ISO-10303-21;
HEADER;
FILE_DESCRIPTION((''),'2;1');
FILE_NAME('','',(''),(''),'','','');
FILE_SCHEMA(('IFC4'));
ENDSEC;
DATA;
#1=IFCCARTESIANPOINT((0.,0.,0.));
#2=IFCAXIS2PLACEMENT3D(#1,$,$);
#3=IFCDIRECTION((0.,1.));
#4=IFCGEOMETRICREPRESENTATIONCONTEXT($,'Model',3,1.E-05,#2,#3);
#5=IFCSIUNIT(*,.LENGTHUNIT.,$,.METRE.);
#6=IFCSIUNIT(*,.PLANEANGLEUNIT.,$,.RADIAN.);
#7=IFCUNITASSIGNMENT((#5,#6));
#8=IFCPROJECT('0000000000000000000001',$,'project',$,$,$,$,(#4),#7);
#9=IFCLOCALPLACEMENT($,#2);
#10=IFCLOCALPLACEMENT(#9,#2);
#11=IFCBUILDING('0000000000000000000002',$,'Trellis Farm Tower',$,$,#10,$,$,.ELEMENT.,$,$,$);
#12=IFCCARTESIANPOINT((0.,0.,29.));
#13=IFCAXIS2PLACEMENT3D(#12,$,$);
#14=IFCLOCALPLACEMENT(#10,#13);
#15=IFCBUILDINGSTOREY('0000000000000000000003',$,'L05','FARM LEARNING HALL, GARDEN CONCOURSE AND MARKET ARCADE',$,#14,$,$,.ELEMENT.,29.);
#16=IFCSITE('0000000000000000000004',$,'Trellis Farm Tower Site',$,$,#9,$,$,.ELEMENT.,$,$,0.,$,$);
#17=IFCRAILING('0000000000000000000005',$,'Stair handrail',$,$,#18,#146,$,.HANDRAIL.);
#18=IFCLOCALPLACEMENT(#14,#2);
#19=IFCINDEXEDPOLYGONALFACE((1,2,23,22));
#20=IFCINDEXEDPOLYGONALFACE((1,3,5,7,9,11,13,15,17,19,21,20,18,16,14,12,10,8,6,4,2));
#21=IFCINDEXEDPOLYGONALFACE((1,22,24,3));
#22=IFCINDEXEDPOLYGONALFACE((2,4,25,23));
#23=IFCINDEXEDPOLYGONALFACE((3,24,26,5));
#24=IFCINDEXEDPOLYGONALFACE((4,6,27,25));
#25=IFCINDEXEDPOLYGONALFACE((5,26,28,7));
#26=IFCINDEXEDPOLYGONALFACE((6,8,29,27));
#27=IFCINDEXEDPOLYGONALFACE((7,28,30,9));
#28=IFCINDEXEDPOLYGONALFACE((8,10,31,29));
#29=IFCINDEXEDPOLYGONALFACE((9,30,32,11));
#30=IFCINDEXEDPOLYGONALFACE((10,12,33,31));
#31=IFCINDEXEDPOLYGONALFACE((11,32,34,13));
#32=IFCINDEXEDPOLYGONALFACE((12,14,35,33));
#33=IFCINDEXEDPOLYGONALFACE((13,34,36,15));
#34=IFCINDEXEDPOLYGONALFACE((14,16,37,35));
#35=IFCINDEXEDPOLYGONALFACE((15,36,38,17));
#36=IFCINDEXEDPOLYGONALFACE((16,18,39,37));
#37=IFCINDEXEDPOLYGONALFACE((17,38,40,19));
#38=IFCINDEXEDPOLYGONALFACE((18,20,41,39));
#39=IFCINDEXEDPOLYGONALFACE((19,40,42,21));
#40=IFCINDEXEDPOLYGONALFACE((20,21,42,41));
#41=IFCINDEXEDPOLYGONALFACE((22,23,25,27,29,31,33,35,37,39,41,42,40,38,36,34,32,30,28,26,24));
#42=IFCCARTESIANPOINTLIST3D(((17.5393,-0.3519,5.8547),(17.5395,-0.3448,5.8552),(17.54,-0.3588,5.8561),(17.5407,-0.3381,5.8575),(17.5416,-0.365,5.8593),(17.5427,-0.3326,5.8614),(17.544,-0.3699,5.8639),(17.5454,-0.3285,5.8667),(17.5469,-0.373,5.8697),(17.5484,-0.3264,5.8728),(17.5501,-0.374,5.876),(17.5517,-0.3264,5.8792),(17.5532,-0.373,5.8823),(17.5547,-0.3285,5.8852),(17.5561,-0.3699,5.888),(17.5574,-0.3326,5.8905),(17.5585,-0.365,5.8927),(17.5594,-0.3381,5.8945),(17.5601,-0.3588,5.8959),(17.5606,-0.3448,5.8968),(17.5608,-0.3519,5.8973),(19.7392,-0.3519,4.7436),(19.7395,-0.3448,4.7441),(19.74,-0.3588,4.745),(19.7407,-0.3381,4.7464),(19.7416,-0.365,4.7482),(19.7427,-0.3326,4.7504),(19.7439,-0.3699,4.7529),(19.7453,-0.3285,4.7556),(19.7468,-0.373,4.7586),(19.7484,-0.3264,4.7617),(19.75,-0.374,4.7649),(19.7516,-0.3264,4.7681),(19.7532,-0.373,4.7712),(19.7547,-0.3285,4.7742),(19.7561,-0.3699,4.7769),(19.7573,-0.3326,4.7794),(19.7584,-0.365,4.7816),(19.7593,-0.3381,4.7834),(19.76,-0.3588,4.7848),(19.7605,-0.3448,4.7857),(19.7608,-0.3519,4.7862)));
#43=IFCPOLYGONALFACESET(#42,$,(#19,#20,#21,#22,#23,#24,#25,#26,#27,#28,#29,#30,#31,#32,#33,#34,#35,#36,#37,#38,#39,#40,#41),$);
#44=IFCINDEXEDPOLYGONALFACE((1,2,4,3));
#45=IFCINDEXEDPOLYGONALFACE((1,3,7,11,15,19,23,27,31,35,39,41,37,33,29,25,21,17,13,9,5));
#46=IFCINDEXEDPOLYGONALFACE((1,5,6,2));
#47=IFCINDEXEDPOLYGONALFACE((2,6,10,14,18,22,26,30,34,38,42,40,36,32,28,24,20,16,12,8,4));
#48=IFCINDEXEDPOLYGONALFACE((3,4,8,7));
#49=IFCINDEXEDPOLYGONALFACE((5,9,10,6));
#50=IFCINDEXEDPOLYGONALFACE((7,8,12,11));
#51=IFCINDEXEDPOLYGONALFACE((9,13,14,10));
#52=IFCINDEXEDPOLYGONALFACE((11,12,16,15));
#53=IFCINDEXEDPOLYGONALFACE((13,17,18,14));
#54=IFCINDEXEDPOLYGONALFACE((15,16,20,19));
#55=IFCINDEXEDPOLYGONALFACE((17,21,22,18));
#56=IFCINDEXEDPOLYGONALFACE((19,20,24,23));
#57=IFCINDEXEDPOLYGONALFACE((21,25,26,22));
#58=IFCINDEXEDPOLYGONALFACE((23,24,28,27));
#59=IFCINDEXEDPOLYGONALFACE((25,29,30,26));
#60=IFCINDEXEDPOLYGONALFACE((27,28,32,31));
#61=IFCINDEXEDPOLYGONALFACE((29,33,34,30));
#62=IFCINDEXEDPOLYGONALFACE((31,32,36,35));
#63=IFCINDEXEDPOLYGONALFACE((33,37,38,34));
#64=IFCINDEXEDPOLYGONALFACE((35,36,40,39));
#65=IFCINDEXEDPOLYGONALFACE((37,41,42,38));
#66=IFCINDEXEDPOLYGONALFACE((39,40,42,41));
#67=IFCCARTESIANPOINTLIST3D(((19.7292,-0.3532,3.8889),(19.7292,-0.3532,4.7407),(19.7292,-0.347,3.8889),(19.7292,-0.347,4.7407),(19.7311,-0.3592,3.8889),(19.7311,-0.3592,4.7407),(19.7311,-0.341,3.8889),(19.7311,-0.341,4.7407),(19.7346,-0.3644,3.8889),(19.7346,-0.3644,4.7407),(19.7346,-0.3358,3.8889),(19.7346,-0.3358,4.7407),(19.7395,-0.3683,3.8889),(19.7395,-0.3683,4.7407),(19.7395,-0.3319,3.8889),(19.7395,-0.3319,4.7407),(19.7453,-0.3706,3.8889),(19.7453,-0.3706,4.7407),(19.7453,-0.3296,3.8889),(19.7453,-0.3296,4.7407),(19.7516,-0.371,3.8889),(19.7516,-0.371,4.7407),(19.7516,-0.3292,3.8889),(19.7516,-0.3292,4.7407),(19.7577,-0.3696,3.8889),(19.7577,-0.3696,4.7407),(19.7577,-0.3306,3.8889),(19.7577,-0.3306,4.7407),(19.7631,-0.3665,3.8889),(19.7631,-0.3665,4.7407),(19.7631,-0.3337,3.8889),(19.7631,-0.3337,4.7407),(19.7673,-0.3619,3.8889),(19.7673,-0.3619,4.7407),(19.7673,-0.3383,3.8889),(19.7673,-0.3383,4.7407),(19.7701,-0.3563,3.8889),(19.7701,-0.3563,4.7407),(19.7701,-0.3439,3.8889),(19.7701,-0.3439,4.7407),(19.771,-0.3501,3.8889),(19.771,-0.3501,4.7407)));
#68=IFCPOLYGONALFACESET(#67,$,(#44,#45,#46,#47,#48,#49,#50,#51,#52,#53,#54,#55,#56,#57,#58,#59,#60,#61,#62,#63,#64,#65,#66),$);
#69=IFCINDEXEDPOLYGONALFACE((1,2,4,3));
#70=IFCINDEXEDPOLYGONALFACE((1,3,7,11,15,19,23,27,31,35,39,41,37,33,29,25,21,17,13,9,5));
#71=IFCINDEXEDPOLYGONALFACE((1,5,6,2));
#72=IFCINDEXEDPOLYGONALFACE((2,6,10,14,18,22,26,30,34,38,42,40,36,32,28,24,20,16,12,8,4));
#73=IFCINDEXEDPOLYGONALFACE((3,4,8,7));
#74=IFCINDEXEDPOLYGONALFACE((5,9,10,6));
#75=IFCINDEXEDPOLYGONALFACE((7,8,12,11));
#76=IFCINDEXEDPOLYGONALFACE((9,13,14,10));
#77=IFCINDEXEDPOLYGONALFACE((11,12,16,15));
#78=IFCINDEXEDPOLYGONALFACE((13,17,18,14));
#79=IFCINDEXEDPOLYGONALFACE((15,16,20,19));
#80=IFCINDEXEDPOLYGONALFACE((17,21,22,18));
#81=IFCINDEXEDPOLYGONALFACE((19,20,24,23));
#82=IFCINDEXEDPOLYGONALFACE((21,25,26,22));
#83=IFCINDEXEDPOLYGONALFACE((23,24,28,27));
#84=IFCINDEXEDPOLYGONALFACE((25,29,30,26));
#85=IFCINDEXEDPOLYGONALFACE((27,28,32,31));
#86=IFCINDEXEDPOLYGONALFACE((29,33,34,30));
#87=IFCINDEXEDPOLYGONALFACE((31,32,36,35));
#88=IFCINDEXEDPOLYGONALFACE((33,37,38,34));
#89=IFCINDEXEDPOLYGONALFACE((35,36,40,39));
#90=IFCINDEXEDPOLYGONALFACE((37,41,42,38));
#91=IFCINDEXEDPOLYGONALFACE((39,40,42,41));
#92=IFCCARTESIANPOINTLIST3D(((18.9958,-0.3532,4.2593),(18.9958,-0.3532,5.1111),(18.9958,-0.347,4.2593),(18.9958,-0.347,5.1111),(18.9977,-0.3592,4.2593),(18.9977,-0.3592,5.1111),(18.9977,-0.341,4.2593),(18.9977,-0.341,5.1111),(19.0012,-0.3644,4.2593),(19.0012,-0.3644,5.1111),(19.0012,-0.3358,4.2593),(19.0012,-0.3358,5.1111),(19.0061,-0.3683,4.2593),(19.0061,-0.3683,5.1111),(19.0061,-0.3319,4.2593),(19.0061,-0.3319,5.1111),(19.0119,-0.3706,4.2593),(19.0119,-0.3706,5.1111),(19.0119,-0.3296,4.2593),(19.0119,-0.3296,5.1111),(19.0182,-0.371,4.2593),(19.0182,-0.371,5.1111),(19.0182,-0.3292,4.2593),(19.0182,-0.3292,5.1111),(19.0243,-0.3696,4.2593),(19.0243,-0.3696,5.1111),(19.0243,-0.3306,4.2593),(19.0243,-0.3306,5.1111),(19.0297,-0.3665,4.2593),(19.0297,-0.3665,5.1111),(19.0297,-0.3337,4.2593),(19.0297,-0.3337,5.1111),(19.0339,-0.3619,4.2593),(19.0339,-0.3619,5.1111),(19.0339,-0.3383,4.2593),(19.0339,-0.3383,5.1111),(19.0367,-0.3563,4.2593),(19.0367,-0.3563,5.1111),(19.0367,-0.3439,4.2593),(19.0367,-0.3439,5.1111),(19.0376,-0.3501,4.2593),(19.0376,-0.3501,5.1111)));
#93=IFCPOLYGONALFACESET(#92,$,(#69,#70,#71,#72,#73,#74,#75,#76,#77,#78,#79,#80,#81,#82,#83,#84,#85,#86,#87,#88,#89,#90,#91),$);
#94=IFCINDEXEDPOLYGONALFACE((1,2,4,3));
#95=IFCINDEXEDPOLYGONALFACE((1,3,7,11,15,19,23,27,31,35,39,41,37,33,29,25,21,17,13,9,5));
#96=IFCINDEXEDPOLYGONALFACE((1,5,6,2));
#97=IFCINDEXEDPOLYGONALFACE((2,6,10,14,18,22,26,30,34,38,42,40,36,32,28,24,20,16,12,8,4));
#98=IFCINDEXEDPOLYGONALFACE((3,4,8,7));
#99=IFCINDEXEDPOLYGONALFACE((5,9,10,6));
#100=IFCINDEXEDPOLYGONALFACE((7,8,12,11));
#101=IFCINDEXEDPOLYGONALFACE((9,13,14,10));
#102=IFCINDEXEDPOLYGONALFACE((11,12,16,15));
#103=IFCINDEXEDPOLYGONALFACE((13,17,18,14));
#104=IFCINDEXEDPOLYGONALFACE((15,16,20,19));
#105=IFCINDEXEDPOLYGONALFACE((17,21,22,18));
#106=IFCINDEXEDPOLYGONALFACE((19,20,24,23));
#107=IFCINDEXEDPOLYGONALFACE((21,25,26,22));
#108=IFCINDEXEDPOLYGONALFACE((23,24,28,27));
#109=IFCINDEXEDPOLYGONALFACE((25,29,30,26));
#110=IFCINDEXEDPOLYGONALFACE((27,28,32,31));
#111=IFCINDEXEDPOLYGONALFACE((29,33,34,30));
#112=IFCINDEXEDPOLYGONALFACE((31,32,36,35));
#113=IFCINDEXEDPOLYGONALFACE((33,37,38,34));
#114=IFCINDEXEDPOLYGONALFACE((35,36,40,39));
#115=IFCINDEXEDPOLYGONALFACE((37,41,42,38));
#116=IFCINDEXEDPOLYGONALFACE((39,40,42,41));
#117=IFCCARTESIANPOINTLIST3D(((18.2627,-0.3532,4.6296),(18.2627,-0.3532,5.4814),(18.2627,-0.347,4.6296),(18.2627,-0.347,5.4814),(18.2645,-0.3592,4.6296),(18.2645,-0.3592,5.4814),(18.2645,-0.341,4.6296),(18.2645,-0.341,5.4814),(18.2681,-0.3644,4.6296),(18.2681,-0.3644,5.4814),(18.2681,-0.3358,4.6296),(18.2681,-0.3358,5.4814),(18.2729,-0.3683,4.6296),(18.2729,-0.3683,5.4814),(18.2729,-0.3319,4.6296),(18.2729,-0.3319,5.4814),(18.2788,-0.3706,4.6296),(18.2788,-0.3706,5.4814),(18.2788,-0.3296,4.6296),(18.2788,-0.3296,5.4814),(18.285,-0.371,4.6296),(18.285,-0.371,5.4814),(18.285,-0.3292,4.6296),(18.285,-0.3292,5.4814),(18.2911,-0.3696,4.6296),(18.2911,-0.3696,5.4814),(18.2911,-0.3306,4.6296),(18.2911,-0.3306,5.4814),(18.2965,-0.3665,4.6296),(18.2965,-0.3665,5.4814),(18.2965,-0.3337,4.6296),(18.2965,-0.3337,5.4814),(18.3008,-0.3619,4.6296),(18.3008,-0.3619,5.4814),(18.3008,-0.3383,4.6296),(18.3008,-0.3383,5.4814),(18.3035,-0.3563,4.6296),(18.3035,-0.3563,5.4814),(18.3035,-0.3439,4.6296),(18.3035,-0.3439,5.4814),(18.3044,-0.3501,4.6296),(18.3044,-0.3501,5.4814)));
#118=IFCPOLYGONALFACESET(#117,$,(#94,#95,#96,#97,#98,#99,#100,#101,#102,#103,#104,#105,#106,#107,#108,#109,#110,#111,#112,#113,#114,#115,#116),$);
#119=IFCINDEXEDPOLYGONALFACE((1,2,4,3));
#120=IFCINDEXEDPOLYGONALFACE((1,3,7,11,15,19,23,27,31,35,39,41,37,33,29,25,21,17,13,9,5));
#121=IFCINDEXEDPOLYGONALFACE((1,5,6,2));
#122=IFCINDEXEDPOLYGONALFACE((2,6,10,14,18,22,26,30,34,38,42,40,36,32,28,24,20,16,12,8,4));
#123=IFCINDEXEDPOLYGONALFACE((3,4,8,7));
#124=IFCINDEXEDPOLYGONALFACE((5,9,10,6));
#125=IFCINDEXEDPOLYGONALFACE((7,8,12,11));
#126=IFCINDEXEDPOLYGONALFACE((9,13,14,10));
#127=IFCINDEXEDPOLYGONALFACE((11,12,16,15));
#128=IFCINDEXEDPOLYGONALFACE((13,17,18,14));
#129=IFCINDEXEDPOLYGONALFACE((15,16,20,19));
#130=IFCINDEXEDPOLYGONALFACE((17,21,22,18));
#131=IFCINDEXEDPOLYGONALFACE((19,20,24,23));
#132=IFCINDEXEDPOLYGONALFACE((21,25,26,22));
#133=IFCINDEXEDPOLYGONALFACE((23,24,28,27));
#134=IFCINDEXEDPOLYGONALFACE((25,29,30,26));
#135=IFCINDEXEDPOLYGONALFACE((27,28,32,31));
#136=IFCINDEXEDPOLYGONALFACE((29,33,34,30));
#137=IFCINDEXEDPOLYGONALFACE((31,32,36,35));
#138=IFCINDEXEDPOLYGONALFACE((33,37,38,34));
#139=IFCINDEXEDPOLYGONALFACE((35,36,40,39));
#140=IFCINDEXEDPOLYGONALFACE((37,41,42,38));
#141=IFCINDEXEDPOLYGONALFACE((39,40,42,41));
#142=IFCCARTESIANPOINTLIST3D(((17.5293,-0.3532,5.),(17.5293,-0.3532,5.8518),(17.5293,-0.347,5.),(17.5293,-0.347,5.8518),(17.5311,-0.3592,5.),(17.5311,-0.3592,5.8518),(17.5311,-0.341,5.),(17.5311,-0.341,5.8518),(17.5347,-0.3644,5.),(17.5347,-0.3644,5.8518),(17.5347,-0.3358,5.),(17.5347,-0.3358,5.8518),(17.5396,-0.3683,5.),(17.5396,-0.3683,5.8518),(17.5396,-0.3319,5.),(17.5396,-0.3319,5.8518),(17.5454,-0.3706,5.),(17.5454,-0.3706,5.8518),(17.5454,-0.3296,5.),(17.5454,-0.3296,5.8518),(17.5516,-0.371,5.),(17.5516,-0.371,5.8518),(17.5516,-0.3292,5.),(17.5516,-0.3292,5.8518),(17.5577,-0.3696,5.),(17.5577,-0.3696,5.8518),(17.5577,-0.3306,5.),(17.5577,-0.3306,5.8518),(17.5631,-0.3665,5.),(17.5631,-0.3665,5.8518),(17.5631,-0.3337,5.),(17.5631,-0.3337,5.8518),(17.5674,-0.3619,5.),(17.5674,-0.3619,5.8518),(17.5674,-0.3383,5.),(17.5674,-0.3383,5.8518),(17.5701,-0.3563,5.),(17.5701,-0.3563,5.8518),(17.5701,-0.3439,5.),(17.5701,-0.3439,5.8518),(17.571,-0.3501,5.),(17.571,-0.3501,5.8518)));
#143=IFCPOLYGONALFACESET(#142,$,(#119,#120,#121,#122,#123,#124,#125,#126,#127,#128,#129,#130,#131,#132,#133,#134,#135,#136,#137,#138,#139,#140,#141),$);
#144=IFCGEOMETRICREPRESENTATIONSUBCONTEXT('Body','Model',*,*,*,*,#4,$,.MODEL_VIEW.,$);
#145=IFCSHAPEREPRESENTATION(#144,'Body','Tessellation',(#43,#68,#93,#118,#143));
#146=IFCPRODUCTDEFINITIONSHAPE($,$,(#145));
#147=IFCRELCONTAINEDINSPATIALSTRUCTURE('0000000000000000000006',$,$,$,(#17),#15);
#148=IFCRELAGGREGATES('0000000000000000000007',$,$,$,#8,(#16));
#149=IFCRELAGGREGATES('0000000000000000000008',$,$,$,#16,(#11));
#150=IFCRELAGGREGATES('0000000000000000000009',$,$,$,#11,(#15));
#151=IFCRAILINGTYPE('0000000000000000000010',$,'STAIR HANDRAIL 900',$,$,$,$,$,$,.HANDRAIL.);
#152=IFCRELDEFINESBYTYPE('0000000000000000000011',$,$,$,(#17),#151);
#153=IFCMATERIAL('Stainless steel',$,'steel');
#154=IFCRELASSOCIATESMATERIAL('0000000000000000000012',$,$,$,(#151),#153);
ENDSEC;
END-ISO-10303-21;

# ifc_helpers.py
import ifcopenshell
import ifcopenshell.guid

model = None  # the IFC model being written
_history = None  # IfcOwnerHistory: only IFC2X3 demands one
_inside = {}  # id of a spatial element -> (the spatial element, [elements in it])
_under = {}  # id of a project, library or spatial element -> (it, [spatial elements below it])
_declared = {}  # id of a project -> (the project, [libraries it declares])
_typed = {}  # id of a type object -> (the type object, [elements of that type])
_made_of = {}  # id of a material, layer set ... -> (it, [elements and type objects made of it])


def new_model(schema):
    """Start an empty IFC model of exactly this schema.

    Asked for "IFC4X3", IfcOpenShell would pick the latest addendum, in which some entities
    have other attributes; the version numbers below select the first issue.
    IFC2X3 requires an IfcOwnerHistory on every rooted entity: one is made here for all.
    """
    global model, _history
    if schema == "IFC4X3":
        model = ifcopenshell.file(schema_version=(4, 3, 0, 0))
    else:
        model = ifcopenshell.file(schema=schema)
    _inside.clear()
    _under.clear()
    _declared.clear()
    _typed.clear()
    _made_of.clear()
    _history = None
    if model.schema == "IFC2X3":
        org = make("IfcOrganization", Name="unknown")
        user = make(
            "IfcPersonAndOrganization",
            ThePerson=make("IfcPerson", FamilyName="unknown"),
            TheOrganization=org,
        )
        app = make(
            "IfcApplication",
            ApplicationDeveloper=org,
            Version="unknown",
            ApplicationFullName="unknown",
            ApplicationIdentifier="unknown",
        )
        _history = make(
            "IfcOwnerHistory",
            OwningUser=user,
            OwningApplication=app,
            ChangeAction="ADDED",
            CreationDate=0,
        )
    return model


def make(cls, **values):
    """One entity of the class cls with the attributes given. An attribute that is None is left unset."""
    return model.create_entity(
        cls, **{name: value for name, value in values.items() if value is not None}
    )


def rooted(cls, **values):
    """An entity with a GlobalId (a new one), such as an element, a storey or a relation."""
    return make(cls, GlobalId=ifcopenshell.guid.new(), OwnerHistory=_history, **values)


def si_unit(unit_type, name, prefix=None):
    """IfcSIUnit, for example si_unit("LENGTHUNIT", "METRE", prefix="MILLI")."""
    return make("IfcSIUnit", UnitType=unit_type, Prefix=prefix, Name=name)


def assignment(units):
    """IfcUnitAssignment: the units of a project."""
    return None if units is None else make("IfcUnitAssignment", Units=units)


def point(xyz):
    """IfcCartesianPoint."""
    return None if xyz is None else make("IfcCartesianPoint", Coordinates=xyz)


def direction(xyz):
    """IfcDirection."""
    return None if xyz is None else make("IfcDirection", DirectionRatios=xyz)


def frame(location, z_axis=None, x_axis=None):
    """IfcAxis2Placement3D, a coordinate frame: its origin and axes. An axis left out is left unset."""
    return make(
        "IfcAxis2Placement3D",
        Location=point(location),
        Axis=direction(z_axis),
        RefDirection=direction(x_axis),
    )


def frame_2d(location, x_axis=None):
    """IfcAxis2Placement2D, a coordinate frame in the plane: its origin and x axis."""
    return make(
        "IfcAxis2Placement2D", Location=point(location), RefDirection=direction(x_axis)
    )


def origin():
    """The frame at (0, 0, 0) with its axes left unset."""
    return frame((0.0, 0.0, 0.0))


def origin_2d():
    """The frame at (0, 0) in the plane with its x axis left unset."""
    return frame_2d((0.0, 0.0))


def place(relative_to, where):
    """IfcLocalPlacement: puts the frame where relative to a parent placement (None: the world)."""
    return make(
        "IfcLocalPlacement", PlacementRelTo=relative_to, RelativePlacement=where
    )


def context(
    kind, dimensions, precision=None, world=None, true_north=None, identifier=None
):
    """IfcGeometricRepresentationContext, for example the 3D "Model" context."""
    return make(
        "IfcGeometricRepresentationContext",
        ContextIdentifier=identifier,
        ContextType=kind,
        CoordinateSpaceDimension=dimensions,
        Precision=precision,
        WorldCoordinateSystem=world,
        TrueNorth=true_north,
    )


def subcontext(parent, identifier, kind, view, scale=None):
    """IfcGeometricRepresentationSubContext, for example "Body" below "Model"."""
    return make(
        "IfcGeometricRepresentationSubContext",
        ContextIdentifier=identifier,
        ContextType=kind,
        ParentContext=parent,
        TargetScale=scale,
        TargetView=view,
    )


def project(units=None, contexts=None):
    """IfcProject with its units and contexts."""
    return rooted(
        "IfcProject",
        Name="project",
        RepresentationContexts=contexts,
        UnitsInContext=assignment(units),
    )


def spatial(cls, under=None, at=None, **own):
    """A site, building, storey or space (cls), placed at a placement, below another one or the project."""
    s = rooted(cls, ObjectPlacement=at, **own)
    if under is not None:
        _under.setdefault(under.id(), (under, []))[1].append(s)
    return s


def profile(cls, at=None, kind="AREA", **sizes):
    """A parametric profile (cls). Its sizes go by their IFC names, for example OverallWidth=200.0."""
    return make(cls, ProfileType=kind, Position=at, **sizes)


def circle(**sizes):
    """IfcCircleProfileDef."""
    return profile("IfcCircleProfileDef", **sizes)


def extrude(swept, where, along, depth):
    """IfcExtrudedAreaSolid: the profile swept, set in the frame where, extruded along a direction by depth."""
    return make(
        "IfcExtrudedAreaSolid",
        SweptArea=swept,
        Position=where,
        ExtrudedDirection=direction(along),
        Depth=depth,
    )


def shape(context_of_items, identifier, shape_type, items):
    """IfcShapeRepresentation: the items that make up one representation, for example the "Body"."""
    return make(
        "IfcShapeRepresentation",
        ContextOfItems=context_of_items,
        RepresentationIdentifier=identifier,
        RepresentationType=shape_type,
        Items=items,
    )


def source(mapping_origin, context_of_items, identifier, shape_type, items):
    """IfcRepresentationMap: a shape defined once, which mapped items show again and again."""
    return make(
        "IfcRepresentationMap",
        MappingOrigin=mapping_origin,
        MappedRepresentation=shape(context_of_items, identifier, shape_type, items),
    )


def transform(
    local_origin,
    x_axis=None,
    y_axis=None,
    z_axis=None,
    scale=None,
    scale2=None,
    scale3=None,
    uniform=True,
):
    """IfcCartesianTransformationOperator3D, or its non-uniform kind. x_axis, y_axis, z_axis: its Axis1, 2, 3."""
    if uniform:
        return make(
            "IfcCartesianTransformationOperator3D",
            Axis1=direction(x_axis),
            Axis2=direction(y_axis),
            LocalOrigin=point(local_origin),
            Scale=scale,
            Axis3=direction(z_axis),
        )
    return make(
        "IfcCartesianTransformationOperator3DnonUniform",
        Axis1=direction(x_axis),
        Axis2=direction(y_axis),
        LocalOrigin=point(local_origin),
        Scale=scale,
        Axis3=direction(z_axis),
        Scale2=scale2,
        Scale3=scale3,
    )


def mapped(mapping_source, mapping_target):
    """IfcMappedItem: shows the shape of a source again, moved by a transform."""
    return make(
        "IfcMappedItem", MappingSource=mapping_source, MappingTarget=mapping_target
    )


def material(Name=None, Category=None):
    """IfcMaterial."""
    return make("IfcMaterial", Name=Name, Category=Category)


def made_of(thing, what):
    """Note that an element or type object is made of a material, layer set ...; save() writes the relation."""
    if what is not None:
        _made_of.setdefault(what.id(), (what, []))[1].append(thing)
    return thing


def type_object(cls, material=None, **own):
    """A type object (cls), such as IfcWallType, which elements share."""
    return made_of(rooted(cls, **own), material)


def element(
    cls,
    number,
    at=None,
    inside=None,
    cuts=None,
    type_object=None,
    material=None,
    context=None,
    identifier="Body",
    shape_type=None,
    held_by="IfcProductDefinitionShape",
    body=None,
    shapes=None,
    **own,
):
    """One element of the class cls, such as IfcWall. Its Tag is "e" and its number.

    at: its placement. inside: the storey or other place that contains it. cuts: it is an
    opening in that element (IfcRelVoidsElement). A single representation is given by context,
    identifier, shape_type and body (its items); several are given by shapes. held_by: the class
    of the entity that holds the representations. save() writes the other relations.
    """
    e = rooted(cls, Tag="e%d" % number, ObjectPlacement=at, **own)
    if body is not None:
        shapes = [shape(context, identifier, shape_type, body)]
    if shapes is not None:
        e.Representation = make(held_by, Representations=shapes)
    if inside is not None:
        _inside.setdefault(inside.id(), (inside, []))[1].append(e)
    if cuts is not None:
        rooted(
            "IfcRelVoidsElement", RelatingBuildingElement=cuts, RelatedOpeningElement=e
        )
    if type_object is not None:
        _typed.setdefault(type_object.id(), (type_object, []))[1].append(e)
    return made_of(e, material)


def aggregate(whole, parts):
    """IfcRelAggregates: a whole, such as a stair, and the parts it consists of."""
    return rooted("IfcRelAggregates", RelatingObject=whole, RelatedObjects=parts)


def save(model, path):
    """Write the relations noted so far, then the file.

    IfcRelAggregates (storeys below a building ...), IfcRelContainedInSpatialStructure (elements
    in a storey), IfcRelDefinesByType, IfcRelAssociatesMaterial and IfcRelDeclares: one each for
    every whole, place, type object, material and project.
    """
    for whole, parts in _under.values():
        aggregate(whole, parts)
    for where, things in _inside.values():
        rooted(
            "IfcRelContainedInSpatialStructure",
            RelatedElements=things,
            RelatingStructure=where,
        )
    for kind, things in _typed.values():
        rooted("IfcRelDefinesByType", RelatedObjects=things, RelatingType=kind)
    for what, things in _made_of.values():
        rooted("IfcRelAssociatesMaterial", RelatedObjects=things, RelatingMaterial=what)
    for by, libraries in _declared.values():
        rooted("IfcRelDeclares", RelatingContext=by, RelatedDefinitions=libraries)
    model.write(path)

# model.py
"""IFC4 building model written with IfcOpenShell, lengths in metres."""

from ifc_helpers import new_model, si_unit, direction, frame, origin, origin_2d, place, context, subcontext, project, spatial, circle, extrude, source, transform, mapped, material, type_object, element, save


model = new_model("IFC4")

# Units and contexts
model_context = context("Model", 3, precision=1e-05, world=origin(), true_north=direction((0.0, 1.0)))
body_context = subcontext(model_context, "Body", "Model", "MODEL_VIEW")
ifc_project = project(units=[si_unit("LENGTHUNIT", "METRE"), si_unit("PLANEANGLEUNIT", "RADIAN")], contexts=[model_context])

# Site, building, storey
site_placement = place(None, origin())
site = spatial("IfcSite", under=ifc_project, at=site_placement, Name="Trellis Farm Tower Site", CompositionType="ELEMENT", RefElevation=0.0)
building_placement = place(site_placement, origin())
building = spatial("IfcBuilding", under=site, at=building_placement, Name="Trellis Farm Tower", CompositionType="ELEMENT")
storey_placement = place(building_placement, frame((0.0, 0.0, 29.0)))
storey = spatial("IfcBuildingStorey", under=building, at=storey_placement, Name="L05", Description="FARM LEARNING HALL, GARDEN CONCOURSE AND MARKET ARCADE", CompositionType="ELEMENT", Elevation=29.0)

# Railing
ifc_material_1 = material(Name="Stainless steel", Category="steel")
railing_type = type_object("IfcRailingType", Name="STAIR HANDRAIL 900", PredefinedType="HANDRAIL", material=ifc_material_1)
shared_shape_1 = source(origin(), body_context, "Body", "SweptSolid", [
    extrude(circle(Radius=0.0239, at=origin_2d()), frame((0.0, 0.0, 0.876), z_axis=(-0.892617, 0.0, 0.450816), x_axis=(0.0, -1.0, 0.0)), (0.0, 0.0, 1.0), 2.4646),
    extrude(circle(Radius=0.021, at=origin_2d()), origin(), (0.0, 0.0, 1.0), 0.8518),
    extrude(circle(Radius=0.021, at=origin_2d()), frame((-0.7334, 0.0, 0.3704)), (0.0, 0.0, 1.0), 0.8518),
    extrude(circle(Radius=0.021, at=origin_2d()), frame((-1.4666, 0.0, 0.7407)), (0.0, 0.0, 1.0), 0.8518),
    extrude(circle(Radius=0.021, at=origin_2d()), frame((-2.2, 0.0, 1.1111)), (0.0, 0.0, 1.0), 0.8518),
])
for number, where, name in (
    (1, (19.75, -0.3501, 3.8889), "Stair handrail"),
):
    element("IfcRailing", number, at=place(storey_placement, frame(where)), inside=storey, type_object=railing_type, Name=name, PredefinedType="HANDRAIL", context=body_context, shape_type="MappedRepresentation", body=[
        mapped(shared_shape_1, transform((0.0, 0.0, 0.0))),
    ])

save(model, "model.ifc")
